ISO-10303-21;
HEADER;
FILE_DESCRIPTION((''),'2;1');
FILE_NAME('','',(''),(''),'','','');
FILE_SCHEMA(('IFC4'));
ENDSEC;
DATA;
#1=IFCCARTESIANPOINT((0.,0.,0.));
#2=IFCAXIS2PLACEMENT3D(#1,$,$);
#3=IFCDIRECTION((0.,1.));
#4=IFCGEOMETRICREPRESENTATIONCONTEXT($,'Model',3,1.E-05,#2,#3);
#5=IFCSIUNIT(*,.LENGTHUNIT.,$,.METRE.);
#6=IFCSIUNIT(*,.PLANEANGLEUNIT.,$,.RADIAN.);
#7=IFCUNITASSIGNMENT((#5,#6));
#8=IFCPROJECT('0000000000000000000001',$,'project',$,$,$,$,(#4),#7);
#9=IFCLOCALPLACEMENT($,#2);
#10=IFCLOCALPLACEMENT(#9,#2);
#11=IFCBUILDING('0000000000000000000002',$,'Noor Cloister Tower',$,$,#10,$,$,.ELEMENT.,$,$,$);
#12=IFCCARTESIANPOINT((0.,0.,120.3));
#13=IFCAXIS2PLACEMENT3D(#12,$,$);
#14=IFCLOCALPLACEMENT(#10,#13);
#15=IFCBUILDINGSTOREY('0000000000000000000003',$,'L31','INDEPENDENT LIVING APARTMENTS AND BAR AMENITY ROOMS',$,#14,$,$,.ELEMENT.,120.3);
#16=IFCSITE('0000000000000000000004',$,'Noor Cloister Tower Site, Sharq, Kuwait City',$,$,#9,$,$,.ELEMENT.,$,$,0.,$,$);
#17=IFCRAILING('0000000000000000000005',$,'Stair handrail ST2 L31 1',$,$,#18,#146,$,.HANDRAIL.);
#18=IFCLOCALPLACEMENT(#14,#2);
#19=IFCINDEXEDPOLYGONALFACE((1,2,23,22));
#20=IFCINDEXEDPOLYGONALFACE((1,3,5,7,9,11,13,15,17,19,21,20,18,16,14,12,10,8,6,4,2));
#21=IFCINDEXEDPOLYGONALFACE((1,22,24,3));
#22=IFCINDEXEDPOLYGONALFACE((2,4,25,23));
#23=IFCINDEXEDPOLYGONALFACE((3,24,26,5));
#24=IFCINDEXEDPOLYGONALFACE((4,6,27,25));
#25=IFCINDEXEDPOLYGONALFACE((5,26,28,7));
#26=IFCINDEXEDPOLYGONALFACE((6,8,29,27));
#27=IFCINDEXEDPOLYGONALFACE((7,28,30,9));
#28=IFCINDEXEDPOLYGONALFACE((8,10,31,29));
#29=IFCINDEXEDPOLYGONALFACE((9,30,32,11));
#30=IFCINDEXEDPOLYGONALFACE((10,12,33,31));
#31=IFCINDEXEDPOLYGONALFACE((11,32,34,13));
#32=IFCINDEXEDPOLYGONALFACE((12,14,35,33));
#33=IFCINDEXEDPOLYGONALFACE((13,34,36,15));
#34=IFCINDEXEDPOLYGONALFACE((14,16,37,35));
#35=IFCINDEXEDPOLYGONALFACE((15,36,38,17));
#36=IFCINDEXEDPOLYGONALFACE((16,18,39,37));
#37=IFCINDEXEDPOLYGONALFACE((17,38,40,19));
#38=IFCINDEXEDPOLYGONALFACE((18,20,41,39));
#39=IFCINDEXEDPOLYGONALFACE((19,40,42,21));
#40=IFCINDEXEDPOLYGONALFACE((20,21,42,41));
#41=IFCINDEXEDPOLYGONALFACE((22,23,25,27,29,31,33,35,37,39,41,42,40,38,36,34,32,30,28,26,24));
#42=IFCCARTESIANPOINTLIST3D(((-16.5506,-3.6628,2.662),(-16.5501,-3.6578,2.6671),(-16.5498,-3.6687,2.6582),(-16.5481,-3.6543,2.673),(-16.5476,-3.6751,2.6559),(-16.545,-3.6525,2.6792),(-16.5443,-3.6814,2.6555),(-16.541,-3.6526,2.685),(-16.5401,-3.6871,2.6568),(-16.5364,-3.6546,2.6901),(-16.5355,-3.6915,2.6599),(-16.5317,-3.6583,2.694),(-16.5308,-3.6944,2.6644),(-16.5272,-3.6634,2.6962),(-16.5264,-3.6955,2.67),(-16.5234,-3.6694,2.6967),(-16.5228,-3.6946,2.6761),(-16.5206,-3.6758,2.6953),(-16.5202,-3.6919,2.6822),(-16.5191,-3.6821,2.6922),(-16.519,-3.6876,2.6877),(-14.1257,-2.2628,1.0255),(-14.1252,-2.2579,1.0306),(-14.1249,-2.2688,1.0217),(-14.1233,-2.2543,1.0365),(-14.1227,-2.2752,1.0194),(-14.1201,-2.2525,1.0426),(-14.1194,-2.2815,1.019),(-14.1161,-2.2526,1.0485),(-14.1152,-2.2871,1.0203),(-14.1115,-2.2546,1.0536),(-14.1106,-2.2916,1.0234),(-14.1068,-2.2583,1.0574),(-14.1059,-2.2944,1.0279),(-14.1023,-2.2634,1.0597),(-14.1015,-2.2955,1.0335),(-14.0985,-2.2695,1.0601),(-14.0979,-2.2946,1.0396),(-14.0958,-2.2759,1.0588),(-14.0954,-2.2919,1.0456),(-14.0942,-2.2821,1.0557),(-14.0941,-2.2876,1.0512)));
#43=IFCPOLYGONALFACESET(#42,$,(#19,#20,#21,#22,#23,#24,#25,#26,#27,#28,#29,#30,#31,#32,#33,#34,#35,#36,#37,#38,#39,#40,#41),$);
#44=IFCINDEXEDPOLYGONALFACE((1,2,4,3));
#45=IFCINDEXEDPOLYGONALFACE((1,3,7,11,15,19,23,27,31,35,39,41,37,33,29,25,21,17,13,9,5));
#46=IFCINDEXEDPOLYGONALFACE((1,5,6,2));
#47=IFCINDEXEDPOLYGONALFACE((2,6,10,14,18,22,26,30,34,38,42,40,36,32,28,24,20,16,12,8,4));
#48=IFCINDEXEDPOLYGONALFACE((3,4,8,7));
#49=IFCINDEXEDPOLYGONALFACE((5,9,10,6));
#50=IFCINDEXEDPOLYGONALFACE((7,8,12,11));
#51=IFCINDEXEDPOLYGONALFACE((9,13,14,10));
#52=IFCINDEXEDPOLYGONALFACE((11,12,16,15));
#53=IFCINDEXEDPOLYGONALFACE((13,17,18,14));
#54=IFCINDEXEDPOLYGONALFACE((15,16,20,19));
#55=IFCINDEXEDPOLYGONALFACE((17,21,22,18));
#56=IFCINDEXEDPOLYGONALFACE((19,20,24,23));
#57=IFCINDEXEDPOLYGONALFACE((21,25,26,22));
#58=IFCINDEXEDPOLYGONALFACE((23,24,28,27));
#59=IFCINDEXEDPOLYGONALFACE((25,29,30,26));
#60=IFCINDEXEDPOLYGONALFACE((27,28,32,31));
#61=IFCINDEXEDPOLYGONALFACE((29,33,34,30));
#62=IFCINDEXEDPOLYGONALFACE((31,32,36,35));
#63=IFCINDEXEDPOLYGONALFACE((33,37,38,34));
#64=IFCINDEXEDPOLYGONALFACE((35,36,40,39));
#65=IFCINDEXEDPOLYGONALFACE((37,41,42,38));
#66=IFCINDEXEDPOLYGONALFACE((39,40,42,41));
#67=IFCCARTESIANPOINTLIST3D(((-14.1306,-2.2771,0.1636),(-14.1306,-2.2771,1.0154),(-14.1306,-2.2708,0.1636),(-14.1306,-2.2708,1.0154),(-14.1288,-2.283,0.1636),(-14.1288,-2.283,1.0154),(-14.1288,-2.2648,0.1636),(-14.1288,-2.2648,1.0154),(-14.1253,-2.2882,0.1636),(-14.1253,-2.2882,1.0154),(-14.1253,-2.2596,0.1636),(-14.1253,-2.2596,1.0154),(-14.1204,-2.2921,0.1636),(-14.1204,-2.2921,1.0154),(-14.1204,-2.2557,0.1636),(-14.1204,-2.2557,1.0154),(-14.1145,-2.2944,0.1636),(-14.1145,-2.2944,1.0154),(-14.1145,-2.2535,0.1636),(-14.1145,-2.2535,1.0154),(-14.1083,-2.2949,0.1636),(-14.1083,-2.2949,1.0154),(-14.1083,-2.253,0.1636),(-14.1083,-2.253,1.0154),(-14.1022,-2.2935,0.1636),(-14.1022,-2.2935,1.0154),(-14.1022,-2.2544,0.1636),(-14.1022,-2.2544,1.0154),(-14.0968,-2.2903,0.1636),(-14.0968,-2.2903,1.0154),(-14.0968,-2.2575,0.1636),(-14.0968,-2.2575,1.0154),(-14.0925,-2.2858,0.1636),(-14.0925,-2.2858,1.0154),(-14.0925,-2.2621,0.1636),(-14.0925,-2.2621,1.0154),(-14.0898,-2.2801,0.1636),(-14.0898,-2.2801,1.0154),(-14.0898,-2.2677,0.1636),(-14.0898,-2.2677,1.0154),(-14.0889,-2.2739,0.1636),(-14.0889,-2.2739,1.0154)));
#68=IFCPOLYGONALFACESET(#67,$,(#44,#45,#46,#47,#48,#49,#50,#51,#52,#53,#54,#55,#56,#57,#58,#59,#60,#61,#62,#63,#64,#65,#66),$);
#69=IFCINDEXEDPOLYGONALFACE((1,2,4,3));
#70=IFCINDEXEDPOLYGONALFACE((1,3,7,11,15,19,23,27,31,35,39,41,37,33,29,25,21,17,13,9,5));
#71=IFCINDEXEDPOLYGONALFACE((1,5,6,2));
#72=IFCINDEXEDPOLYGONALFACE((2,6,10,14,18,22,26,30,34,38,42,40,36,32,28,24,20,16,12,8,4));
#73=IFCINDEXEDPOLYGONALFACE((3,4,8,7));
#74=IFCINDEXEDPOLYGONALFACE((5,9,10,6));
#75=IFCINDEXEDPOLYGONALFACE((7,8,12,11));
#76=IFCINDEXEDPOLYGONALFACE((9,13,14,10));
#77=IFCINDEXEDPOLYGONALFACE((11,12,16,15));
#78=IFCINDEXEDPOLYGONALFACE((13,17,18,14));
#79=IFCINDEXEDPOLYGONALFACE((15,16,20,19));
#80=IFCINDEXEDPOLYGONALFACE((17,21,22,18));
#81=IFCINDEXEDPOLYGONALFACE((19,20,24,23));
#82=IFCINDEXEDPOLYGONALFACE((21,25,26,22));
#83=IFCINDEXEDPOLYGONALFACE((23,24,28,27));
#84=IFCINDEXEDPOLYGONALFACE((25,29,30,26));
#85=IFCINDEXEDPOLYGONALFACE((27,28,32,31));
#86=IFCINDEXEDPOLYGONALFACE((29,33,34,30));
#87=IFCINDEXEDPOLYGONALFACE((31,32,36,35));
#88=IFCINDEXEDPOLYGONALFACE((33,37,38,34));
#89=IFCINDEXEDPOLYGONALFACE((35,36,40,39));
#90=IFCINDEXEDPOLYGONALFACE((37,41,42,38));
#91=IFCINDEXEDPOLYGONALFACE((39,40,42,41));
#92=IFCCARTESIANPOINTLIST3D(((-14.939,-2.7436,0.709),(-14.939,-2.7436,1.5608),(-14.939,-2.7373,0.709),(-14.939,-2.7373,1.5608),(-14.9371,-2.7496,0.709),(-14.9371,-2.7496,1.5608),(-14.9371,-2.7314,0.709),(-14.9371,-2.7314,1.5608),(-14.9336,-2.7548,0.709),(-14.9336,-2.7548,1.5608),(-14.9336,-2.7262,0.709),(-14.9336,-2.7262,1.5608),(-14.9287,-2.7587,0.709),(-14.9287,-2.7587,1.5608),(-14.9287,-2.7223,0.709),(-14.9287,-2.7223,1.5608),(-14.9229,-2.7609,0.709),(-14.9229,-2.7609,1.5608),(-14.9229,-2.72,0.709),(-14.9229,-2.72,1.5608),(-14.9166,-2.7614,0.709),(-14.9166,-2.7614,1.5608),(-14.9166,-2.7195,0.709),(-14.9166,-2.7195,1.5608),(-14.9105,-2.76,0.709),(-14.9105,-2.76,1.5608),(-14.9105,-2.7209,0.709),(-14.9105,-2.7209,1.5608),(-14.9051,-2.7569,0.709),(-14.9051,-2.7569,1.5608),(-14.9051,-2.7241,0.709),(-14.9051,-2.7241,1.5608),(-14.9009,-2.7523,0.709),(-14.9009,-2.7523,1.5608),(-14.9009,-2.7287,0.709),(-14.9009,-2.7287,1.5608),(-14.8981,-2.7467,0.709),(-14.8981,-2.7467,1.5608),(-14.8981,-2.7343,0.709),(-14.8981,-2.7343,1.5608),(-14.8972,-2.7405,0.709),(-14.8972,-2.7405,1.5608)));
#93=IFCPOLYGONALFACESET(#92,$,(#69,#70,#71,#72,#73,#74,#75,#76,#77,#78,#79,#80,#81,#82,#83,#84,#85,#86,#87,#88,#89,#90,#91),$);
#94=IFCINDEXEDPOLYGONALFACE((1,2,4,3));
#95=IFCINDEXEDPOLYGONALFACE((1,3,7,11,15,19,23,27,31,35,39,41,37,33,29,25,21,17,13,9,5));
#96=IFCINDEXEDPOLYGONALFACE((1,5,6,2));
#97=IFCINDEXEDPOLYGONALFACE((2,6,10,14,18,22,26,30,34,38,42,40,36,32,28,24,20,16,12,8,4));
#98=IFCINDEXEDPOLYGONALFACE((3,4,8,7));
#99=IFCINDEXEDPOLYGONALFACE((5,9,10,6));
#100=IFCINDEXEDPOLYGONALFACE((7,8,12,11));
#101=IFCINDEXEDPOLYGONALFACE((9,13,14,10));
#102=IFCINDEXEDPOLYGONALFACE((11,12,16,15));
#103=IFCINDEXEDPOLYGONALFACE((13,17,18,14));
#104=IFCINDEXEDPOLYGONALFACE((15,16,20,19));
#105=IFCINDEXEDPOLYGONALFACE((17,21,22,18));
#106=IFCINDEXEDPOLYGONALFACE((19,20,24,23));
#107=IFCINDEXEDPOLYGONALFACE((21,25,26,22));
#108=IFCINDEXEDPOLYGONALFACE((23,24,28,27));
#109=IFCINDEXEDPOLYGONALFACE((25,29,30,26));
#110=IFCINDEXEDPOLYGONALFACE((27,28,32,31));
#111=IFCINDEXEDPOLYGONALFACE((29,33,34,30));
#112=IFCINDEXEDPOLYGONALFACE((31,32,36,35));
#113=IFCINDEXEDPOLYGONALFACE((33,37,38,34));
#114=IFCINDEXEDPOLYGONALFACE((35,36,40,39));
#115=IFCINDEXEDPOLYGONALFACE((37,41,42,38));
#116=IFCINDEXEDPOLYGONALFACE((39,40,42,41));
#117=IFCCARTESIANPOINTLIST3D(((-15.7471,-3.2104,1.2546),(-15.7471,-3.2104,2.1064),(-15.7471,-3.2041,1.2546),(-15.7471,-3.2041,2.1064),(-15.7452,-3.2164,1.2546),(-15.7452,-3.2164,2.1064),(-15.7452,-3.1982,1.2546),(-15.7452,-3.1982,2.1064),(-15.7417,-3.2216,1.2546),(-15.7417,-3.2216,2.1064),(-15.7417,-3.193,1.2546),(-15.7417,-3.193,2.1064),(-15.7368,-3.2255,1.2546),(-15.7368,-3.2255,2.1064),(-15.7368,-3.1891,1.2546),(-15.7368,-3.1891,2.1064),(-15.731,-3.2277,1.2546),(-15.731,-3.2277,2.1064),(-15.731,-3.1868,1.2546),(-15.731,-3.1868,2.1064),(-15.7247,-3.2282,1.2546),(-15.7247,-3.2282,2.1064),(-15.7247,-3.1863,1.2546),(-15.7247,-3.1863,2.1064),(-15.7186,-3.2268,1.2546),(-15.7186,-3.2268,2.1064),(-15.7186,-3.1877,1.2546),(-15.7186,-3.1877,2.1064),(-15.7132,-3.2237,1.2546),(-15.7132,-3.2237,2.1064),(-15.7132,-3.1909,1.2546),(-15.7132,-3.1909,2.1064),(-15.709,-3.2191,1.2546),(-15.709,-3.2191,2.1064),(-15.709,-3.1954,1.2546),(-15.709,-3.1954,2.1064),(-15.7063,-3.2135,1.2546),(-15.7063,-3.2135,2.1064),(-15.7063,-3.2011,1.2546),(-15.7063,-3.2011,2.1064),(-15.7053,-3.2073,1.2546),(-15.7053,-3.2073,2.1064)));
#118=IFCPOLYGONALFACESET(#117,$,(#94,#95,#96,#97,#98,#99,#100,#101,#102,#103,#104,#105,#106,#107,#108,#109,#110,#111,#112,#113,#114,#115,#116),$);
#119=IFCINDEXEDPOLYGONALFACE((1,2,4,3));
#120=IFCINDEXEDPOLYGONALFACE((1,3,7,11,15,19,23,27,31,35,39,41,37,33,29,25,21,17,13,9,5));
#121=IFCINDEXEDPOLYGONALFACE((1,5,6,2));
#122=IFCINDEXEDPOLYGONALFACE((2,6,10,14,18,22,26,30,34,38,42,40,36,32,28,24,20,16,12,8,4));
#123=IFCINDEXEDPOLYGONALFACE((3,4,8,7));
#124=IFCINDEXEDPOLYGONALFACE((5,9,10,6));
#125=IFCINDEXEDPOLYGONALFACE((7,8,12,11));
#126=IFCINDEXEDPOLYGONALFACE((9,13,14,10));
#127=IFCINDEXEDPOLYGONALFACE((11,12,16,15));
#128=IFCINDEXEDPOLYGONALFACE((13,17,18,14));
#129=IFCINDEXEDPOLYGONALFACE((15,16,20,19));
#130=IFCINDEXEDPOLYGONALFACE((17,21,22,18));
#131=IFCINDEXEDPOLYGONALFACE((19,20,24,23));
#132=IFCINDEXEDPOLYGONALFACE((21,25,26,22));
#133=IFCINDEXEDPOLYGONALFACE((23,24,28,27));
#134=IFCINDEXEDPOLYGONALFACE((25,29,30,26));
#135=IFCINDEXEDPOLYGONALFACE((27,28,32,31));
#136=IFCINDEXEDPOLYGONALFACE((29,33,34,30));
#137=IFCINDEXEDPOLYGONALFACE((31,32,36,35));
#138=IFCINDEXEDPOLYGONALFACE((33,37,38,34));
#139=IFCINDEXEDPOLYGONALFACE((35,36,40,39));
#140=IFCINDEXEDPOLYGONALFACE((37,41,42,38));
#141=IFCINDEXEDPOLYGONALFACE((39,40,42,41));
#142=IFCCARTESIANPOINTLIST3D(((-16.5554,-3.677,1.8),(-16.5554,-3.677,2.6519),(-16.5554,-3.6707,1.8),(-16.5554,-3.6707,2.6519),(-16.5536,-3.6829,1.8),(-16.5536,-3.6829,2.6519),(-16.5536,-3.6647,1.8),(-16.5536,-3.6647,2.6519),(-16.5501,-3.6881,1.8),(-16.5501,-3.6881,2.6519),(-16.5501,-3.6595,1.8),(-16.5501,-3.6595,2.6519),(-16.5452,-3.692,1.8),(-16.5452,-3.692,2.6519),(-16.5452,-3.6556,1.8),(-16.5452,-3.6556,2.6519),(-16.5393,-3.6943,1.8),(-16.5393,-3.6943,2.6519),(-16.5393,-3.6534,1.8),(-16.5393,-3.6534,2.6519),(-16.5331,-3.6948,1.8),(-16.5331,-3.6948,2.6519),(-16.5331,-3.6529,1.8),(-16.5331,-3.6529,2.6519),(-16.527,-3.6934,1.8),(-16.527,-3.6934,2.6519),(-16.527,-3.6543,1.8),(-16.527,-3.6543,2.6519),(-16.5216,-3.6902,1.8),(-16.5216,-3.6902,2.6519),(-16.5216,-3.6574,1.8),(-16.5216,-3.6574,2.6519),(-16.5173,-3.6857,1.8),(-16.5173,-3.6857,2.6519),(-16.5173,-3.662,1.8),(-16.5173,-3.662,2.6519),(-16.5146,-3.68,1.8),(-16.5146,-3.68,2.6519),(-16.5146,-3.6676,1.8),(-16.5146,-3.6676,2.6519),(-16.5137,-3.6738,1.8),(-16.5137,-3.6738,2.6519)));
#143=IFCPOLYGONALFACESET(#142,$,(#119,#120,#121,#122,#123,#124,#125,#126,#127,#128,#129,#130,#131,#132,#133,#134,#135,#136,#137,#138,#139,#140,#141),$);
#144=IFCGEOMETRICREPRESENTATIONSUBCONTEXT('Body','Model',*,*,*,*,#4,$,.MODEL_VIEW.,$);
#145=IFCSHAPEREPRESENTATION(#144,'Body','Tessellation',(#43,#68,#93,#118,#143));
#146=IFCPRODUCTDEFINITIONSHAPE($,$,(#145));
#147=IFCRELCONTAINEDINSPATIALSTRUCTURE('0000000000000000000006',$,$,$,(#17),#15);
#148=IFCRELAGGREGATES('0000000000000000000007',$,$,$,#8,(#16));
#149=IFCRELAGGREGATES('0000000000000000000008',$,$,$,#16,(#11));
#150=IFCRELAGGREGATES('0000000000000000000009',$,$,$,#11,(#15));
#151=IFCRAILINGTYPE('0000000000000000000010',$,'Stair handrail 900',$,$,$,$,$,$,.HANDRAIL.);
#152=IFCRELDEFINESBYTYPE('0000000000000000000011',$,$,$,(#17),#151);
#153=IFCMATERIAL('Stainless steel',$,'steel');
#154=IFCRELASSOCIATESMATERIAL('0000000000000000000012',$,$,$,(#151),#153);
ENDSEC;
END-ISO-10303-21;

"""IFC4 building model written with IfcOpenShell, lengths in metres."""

from ifc_helpers import new_model, si_unit, direction, frame, origin, origin_2d, place, context, subcontext, project, spatial, circle, extrude, material, type_object, element, save


model = new_model("IFC4")

# Units and contexts
model_context = context("Model", 3, precision=1e-05, world=origin(), true_north=direction((0.0, 1.0)))
body_context = subcontext(model_context, "Body", "Model", "MODEL_VIEW")
ifc_project = project(units=[si_unit("LENGTHUNIT", "METRE"), si_unit("PLANEANGLEUNIT", "RADIAN")], contexts=[model_context])

# Site, building, storey
site_placement = place(None, origin())
site = spatial("IfcSite", under=ifc_project, at=site_placement, Name="Noor Cloister Tower Site, Sharq, Kuwait City", CompositionType="ELEMENT", RefElevation=0.0)
building_placement = place(site_placement, origin())
building = spatial("IfcBuilding", under=site, at=building_placement, Name="Noor Cloister Tower", CompositionType="ELEMENT")
storey_placement = place(building_placement, frame((0.0, 0.0, 120.3)))
storey = spatial("IfcBuildingStorey", under=building, at=storey_placement, Name="L31", Description="INDEPENDENT LIVING APARTMENTS AND BAR AMENITY ROOMS", CompositionType="ELEMENT", Elevation=120.3)

# Railing
ifc_material_1 = material(Name="Stainless steel", Category="steel")
railing_type_1 = type_object("IfcRailingType", Name="Stair handrail 900", PredefinedType="HANDRAIL", material=ifc_material_1)
railing_1_placement = place(storey_placement, frame((-14.1099, -2.2739, 0.1636)))
element("IfcRailing", 1, at=railing_1_placement, inside=storey, type_object=railing_type_1, Name="Stair handrail ST2 L31 1", PredefinedType="HANDRAIL", context=body_context, shape_type="SweptSolid", body=[
    extrude(circle(Radius=0.0239, at=origin_2d()), frame((0.0, 0.0, 0.876), z_axis=(-0.74769, -0.431661, 0.504608), x_axis=(0.499984, -0.866035, 0.0)), (0.0, 0.0, 1.0), 3.2432),
    extrude(circle(Radius=0.021, at=origin_2d()), origin(), (0.0, 0.0, 1.0), 0.8518),
    extrude(circle(Radius=0.021, at=origin_2d()), frame((-0.8083, -0.4666, 0.5454)), (0.0, 0.0, 1.0), 0.8518),
    extrude(circle(Radius=0.021, at=origin_2d()), frame((-1.6165, -0.9333, 1.0911)), (0.0, 0.0, 1.0), 0.8518),
    extrude(circle(Radius=0.021, at=origin_2d()), frame((-2.4248, -1.3999, 1.6365)), (0.0, 0.0, 1.0), 0.8518),
])

save(model, "model.ifc")
